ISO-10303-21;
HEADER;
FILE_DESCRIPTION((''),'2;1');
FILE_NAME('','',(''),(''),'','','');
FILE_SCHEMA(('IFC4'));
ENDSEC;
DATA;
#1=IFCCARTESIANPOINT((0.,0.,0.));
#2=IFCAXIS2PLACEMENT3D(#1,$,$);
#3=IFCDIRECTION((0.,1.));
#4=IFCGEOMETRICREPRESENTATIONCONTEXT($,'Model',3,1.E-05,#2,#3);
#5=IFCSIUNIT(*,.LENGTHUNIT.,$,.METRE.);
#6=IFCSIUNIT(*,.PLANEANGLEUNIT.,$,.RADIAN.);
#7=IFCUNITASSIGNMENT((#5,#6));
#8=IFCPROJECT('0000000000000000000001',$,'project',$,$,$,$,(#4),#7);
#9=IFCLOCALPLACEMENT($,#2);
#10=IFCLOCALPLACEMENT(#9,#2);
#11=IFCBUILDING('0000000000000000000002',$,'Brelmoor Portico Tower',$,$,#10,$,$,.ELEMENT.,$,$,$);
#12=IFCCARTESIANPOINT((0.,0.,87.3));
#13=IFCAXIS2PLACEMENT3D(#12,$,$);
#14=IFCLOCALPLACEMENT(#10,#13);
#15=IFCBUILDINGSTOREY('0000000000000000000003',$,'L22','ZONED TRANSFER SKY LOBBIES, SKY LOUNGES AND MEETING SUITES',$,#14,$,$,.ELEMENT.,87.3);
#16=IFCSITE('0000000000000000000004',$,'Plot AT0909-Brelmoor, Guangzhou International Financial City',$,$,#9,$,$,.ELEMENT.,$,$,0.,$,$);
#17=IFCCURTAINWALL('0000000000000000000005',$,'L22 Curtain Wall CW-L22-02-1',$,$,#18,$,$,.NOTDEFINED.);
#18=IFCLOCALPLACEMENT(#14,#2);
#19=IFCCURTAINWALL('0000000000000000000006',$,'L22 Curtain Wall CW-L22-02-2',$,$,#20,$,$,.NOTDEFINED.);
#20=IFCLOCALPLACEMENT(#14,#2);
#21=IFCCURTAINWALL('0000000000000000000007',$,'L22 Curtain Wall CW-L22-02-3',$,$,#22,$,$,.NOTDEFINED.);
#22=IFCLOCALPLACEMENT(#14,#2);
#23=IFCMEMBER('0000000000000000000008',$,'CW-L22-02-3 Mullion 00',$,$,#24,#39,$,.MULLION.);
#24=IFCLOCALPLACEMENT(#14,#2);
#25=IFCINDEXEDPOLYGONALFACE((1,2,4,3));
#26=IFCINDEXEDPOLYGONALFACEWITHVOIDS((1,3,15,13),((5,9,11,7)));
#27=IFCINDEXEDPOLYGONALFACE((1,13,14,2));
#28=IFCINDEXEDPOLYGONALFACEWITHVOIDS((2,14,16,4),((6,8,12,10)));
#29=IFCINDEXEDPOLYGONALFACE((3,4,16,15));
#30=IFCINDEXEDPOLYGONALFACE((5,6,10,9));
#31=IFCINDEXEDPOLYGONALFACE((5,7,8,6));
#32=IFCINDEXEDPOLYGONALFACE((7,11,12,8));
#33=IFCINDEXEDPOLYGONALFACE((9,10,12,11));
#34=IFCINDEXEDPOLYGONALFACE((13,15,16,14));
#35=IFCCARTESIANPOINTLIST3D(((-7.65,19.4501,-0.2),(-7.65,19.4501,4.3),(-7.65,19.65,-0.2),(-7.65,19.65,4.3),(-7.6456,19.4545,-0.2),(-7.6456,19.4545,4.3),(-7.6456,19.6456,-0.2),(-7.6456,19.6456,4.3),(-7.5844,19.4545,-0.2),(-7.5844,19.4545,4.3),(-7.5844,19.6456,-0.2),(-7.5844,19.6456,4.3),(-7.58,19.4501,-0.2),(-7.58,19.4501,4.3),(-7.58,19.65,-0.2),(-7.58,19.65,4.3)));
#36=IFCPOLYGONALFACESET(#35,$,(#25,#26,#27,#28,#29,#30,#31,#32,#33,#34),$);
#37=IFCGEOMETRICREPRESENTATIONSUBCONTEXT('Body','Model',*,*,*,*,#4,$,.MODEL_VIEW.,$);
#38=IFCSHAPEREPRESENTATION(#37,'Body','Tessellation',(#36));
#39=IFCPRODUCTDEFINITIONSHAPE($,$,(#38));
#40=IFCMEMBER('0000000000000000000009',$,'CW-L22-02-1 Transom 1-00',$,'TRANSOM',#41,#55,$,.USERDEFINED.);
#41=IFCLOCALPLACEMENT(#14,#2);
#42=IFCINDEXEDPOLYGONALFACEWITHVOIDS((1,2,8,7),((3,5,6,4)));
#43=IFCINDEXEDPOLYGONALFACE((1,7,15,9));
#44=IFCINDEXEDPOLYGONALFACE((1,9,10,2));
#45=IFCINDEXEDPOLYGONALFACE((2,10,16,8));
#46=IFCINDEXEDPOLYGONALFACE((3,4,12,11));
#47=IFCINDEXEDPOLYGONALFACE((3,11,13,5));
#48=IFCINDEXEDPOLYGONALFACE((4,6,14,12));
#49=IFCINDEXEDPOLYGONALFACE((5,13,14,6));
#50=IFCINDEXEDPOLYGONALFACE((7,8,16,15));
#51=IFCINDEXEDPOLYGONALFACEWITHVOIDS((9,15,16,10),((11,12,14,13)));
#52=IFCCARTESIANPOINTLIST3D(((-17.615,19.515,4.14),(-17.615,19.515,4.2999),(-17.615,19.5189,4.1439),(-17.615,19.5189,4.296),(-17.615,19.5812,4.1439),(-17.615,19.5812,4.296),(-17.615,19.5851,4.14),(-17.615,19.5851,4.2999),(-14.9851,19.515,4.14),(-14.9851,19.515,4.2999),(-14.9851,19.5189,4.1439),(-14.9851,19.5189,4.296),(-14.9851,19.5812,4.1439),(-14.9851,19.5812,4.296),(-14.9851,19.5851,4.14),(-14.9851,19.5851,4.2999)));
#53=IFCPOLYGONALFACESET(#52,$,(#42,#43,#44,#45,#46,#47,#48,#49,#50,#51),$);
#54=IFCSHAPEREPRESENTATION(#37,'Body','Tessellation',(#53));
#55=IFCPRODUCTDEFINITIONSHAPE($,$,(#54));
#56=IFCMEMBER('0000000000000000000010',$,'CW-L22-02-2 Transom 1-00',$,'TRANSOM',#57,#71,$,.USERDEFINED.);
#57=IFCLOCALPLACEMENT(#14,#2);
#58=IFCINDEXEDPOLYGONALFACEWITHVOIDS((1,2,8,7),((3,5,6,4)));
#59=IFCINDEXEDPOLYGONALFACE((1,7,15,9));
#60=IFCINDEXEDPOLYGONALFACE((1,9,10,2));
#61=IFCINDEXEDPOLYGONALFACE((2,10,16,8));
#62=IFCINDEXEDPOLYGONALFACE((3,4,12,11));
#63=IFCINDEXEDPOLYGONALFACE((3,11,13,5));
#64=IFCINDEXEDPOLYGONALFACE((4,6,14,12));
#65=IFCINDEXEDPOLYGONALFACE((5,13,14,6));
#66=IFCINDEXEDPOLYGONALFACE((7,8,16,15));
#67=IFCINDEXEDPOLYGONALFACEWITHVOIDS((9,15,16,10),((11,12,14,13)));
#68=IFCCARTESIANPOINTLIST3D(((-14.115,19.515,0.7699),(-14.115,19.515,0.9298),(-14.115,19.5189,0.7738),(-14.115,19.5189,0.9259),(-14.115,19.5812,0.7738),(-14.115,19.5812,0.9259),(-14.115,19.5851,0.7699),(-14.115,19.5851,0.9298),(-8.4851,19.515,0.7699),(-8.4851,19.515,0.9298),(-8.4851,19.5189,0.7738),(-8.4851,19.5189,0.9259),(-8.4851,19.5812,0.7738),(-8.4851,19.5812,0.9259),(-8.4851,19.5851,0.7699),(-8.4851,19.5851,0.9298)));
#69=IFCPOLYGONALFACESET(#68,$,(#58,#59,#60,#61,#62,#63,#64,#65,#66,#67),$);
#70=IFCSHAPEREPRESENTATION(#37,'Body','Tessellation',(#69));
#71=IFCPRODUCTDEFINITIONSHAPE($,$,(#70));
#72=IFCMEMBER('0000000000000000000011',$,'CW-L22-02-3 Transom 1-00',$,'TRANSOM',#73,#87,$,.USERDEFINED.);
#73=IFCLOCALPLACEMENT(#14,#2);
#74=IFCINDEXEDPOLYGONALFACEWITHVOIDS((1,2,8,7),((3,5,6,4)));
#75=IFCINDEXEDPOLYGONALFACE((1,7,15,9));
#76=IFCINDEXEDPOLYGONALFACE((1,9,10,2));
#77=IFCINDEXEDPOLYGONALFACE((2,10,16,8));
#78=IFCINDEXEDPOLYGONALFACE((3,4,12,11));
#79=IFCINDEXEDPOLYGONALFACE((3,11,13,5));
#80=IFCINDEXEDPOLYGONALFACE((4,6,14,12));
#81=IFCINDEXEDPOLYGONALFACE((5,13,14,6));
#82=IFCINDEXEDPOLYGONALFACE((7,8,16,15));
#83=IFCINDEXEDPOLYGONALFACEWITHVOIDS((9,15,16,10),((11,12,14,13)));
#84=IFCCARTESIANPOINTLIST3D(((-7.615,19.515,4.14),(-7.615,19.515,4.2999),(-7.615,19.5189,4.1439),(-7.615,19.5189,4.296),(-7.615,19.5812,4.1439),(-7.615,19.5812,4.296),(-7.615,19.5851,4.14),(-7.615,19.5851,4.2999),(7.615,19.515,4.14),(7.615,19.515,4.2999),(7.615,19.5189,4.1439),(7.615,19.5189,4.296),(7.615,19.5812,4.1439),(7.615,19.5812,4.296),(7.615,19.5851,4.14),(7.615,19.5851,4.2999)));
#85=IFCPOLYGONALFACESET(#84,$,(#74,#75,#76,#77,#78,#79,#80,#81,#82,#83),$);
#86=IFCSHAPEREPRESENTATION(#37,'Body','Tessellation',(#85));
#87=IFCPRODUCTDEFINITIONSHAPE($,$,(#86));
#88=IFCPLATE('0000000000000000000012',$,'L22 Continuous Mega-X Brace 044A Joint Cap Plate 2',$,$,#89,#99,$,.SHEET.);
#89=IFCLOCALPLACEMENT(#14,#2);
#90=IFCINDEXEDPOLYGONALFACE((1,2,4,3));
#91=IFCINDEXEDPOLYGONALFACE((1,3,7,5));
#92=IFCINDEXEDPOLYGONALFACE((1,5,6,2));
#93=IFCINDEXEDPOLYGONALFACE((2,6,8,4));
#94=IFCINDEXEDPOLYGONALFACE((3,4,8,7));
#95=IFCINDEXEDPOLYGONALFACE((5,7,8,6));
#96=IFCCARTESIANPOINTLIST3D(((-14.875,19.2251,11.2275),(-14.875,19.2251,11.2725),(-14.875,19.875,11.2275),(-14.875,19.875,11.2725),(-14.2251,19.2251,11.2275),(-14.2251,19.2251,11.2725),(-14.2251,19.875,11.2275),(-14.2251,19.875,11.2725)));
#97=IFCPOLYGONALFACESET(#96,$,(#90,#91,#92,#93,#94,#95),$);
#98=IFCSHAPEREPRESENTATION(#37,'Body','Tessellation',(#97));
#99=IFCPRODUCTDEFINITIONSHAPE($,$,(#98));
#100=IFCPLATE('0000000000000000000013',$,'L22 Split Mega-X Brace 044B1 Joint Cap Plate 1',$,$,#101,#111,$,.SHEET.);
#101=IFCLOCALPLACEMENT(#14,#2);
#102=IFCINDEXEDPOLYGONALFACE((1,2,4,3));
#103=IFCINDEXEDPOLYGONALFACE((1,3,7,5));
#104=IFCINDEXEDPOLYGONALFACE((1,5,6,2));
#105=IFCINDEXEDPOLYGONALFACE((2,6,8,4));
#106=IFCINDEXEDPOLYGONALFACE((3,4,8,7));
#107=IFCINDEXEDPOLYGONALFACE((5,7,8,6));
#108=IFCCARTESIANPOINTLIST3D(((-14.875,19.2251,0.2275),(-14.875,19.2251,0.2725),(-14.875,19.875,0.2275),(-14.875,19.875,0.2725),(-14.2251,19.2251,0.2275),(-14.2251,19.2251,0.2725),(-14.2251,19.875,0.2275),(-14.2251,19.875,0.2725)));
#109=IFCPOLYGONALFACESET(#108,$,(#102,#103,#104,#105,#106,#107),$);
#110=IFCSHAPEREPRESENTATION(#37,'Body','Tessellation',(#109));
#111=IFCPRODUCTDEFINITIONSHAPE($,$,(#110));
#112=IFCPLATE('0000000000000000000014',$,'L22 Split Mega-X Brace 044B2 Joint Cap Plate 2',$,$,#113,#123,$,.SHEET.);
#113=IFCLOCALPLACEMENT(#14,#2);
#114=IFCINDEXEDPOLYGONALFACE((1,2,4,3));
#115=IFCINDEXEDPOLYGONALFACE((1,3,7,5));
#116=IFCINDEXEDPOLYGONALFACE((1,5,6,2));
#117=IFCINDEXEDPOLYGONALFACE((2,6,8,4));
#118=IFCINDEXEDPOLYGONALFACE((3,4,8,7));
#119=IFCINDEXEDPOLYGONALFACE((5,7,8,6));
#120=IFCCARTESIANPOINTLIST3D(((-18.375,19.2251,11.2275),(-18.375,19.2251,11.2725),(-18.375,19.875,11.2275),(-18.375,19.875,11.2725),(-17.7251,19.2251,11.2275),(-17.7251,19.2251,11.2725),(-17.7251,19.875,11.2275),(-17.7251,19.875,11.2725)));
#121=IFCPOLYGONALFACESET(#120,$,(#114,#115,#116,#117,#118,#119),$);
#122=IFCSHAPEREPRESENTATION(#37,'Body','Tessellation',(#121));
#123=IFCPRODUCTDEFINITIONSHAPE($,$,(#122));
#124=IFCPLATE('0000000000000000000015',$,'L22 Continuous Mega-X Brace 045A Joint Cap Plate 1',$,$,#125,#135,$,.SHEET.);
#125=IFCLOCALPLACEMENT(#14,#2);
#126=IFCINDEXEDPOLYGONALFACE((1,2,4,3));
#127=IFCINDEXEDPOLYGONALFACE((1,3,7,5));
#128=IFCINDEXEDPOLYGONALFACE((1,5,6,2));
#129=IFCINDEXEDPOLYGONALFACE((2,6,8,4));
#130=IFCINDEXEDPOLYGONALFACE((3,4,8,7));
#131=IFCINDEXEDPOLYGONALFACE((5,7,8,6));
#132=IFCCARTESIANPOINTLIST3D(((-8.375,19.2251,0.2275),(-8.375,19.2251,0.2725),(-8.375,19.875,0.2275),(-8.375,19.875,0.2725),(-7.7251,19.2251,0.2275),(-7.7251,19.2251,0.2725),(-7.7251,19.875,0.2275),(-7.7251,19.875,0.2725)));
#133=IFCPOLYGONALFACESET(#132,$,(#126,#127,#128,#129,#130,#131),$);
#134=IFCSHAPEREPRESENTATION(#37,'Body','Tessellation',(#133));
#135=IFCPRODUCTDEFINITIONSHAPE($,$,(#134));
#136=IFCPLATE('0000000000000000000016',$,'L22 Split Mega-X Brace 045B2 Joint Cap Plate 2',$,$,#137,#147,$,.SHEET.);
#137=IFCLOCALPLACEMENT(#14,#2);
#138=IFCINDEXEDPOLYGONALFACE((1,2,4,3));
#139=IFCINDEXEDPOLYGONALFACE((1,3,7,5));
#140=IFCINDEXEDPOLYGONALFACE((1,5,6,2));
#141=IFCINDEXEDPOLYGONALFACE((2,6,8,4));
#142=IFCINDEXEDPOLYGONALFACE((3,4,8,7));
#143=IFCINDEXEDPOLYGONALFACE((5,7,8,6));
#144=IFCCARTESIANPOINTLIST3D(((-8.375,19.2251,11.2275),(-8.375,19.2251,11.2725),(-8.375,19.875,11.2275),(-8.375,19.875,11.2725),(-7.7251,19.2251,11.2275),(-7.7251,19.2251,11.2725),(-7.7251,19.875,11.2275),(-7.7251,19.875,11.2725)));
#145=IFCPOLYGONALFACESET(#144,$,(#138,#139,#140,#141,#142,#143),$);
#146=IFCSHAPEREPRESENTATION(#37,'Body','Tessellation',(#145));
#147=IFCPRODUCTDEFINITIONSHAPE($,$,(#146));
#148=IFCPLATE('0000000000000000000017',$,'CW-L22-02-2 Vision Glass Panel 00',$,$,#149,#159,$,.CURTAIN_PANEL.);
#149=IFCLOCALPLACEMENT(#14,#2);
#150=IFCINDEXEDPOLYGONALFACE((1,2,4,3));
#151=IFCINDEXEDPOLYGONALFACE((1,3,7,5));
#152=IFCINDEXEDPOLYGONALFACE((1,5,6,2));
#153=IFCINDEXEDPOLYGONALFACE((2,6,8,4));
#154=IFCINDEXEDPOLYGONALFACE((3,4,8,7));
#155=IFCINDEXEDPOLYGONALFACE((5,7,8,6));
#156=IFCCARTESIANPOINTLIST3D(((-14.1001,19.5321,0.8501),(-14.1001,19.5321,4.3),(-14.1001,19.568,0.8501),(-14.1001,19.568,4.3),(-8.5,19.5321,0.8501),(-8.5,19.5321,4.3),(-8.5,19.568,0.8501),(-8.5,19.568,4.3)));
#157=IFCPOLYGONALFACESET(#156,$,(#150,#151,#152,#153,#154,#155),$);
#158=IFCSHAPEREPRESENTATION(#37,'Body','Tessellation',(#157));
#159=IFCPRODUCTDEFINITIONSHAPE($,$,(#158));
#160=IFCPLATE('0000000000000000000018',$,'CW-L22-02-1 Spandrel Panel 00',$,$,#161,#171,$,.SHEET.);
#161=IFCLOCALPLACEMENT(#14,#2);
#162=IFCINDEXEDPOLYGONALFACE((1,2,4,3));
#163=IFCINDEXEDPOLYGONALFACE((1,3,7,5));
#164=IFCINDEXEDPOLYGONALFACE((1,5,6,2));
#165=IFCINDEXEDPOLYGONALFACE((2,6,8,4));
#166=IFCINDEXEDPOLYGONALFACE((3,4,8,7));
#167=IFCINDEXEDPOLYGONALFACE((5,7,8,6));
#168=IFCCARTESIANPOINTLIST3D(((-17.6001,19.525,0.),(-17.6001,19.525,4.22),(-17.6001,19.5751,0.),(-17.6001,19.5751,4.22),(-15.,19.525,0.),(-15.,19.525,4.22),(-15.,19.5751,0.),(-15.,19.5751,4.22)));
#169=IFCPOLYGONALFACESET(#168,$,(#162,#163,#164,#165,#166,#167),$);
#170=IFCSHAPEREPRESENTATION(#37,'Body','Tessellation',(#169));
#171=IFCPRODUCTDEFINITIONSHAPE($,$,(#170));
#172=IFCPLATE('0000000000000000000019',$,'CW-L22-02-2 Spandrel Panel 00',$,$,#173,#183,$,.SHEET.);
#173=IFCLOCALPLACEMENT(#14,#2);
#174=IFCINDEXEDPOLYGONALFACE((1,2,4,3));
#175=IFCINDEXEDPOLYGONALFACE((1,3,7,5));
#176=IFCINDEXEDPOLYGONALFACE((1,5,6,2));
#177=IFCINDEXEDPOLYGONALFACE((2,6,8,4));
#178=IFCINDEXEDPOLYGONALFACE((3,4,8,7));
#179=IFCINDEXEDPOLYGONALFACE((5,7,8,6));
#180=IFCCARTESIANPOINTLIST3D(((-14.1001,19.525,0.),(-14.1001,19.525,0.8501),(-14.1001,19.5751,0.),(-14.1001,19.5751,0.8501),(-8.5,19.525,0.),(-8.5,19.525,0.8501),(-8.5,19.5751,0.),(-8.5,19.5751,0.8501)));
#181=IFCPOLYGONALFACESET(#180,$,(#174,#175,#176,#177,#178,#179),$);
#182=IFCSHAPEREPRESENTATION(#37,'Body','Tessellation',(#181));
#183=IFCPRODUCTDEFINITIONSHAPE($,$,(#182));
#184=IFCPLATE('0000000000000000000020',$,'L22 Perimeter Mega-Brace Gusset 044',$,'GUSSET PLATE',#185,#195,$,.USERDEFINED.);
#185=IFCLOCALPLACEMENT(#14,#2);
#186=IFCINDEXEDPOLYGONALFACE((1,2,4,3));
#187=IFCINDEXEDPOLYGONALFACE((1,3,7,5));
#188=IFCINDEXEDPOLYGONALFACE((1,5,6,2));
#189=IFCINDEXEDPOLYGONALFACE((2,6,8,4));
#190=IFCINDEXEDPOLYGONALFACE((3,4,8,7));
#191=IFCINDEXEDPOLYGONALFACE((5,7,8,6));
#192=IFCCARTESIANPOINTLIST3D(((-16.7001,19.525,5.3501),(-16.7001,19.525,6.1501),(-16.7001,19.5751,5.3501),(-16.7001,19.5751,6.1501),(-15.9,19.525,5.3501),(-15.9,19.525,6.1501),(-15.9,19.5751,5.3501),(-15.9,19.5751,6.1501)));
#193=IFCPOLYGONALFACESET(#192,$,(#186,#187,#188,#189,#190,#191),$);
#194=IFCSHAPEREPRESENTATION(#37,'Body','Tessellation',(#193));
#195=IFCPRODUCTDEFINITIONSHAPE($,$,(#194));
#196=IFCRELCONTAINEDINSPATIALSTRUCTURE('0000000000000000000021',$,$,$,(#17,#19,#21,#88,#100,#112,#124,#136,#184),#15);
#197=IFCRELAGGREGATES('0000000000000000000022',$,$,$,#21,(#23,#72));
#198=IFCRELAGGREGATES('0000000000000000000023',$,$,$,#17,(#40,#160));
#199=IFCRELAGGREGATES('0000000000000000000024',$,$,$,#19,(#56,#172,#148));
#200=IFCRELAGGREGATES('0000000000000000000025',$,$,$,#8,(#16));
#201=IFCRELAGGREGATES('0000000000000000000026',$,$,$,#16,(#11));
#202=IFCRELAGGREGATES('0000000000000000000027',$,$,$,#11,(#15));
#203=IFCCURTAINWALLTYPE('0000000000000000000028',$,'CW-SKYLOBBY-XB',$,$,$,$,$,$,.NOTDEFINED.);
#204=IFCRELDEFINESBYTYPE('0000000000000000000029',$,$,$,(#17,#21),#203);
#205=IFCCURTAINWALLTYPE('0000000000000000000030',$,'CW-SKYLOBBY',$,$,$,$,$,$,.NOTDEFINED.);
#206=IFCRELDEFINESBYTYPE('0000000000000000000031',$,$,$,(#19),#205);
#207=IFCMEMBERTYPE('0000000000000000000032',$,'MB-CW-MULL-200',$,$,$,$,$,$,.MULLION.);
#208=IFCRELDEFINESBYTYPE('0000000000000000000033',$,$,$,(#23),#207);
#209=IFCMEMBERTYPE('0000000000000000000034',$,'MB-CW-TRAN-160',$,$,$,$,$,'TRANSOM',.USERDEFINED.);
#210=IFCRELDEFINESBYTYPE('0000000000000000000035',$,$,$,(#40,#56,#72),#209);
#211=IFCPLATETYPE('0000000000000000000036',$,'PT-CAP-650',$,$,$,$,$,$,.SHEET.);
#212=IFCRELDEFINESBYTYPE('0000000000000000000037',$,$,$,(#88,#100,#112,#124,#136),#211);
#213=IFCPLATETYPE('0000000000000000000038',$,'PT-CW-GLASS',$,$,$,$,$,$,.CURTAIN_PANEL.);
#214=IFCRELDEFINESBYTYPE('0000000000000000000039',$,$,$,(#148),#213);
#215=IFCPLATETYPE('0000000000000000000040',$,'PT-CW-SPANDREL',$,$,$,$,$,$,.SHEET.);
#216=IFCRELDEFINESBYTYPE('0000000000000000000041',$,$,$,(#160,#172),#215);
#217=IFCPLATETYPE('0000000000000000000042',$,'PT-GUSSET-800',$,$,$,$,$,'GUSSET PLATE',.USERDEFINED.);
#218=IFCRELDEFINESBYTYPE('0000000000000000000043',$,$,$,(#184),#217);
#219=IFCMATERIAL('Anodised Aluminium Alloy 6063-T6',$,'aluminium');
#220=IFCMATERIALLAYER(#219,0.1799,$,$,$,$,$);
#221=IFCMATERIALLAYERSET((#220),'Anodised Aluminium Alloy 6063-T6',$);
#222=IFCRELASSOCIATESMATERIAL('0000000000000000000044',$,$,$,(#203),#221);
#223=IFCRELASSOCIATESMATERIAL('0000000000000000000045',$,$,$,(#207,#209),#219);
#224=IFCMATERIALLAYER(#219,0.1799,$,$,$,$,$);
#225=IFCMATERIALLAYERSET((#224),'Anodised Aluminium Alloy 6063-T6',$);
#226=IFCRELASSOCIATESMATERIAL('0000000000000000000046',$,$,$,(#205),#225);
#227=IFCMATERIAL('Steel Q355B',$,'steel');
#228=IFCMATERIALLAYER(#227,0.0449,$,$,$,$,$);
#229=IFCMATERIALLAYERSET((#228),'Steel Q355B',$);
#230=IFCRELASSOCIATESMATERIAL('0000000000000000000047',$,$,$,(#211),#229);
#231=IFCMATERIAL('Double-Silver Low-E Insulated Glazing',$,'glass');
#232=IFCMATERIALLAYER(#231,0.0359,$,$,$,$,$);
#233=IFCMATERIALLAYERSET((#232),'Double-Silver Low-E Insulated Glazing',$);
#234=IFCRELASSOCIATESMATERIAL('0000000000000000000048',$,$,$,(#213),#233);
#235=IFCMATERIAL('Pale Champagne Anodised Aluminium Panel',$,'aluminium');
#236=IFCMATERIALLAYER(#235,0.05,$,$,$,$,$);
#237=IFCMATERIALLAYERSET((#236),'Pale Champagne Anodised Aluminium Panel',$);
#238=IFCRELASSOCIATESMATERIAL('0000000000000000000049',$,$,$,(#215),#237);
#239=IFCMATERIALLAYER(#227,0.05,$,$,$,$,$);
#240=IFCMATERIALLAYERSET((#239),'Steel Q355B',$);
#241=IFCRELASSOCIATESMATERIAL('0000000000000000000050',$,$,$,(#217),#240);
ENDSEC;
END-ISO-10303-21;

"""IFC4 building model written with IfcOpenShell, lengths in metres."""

from ifc_helpers import new_model, si_unit, direction, frame, origin, origin_2d, place, context, subcontext, project, spatial, rectangle, hollow_rectangle, extrude, material, layer, layer_set, material_profile, profile_set, type_object, element, aggregate, save


model = new_model("IFC4")

# Units and contexts
model_context = context("Model", 3, precision=1e-05, world=origin(), true_north=direction((0.0, 1.0)))
body_context = subcontext(model_context, "Body", "Model", "MODEL_VIEW")
ifc_project = project(units=[si_unit("LENGTHUNIT", "METRE"), si_unit("PLANEANGLEUNIT", "RADIAN")], contexts=[model_context])

# Site, building, storey
site_placement = place(None, origin())
site = spatial("IfcSite", under=ifc_project, at=site_placement, Name="Plot AT0909-Brelmoor, Guangzhou International Financial City", CompositionType="ELEMENT", RefElevation=0.0)
building_placement = place(site_placement, origin())
building = spatial("IfcBuilding", under=site, at=building_placement, Name="Brelmoor Portico Tower", CompositionType="ELEMENT")
storey_placement = place(building_placement, frame((0.0, 0.0, 87.3)))
storey = spatial("IfcBuildingStorey", under=building, at=storey_placement, Name="L22", Description="ZONED TRANSFER SKY LOBBIES, SKY LOUNGES AND MEETING SUITES", CompositionType="ELEMENT", Elevation=87.3)

# Shared definitions
ifc_material_1 = material(Name="Steel Q355B", Category="steel")

# Curtain walls
ifc_material_2 = material(Name="Anodised Aluminium Alloy 6063-T6", Category="aluminium")
ifc_layer_1 = layer(ifc_material_2, 0.1799)
ifc_layer_set_1 = layer_set([ifc_layer_1], Name="Anodised Aluminium Alloy 6063-T6")
curtain_wall_type_1 = type_object("IfcCurtainWallType", Name="CW-SKYLOBBY-XB", PredefinedType="NOTDEFINED", material=ifc_layer_set_1)
curtain_wall_1_placement = place(storey_placement, origin())
curtain_wall_1 = element("IfcCurtainWall", 1, at=curtain_wall_1_placement, inside=storey, type_object=curtain_wall_type_1, Name="L22 Curtain Wall CW-L22-02-1", PredefinedType="NOTDEFINED")
ifc_material_profile_1 = material_profile(ifc_material_2, hollow_rectangle(XDim=0.0701, YDim=0.2, WallThickness=0.0044, at=origin_2d()), Name="ALU MULLION 70x200")
ifc_profile_set_1 = profile_set([ifc_material_profile_1], Name="Anodised Aluminium Alloy 6063-T6")
member_type_1 = type_object("IfcMemberType", Name="MB-CW-MULL-200", PredefinedType="MULLION", material=ifc_profile_set_1)
ifc_layer_2 = layer(ifc_material_2, 0.1799)
ifc_layer_set_2 = layer_set([ifc_layer_2], Name="Anodised Aluminium Alloy 6063-T6")
curtain_wall_type_2 = type_object("IfcCurtainWallType", Name="CW-SKYLOBBY", PredefinedType="NOTDEFINED", material=ifc_layer_set_2)
curtain_wall_2_placement = place(storey_placement, origin())
curtain_wall_2 = element("IfcCurtainWall", 2, at=curtain_wall_2_placement, inside=storey, type_object=curtain_wall_type_2, Name="L22 Curtain Wall CW-L22-02-2", PredefinedType="NOTDEFINED")

# Curtain wall, member
curtain_wall_3_placement = place(storey_placement, origin())
curtain_wall_3 = element("IfcCurtainWall", 3, at=curtain_wall_3_placement, inside=storey, type_object=curtain_wall_type_1, Name="L22 Curtain Wall CW-L22-02-3", PredefinedType="NOTDEFINED")
member_1_placement = place(storey_placement, frame((-7.615, 19.55, -0.2), z_axis=(0.0, 0.0, 1.0), x_axis=(1.0, 0.0, 0.0)))
member_1 = element("IfcMember", 4, at=member_1_placement, type_object=member_type_1, Name="CW-L22-02-3 Mullion 00", PredefinedType="MULLION", context=body_context, shape_type="SweptSolid", body=[
    extrude(hollow_rectangle(XDim=0.0701, YDim=0.2, WallThickness=0.0044, at=origin_2d()), origin(), (0.0, 0.0, 1.0), 4.5),
])

# Members
ifc_material_profile_2 = material_profile(ifc_material_2, hollow_rectangle(XDim=0.0701, YDim=0.1599, WallThickness=0.0039, at=origin_2d()), Name="ALU TRANSOM 70x160")
ifc_profile_set_2 = profile_set([ifc_material_profile_2], Name="Anodised Aluminium Alloy 6063-T6")
member_type_2 = type_object("IfcMemberType", Name="MB-CW-TRAN-160", ElementType="TRANSOM", PredefinedType="USERDEFINED", material=ifc_profile_set_2)
member_2_placement = place(storey_placement, frame((-17.615, 19.55, 4.22), z_axis=(1.0, 0.0, 0.0), x_axis=(0.0, 1.0, 0.0)))
member_2 = element("IfcMember", 5, at=member_2_placement, type_object=member_type_2, Name="CW-L22-02-1 Transom 1-00", ObjectType="TRANSOM", PredefinedType="USERDEFINED", context=body_context, shape_type="SweptSolid", body=[
    extrude(hollow_rectangle(XDim=0.0701, YDim=0.1599, WallThickness=0.0039, at=origin_2d()), origin(), (0.0, 0.0, 1.0), 2.6299),
])
member_3_placement = place(storey_placement, frame((-14.115, 19.55, 0.8499), z_axis=(1.0, 0.0, 0.0), x_axis=(0.0, 1.0, 0.0)))
member_3 = element("IfcMember", 6, at=member_3_placement, type_object=member_type_2, Name="CW-L22-02-2 Transom 1-00", ObjectType="TRANSOM", PredefinedType="USERDEFINED", context=body_context, shape_type="SweptSolid", body=[
    extrude(hollow_rectangle(XDim=0.0701, YDim=0.1599, WallThickness=0.0039, at=origin_2d()), origin(), (0.0, 0.0, 1.0), 5.6299),
])
member_4_placement = place(storey_placement, frame((-7.615, 19.55, 4.22), z_axis=(1.0, 0.0, 0.0), x_axis=(0.0, 1.0, 0.0)))
member_4 = element("IfcMember", 7, at=member_4_placement, type_object=member_type_2, Name="CW-L22-02-3 Transom 1-00", ObjectType="TRANSOM", PredefinedType="USERDEFINED", context=body_context, shape_type="SweptSolid", body=[
    extrude(hollow_rectangle(XDim=0.0701, YDim=0.1599, WallThickness=0.0039, at=origin_2d()), origin(), (0.0, 0.0, 1.0), 15.23),
])
aggregate(curtain_wall_3, [member_1, member_4])

# Plates
ifc_layer_3 = layer(ifc_material_1, 0.0449)
ifc_layer_set_3 = layer_set([ifc_layer_3], Name="Steel Q355B")
plate_type_1 = type_object("IfcPlateType", Name="PT-CAP-650", PredefinedType="SHEET", material=ifc_layer_set_3)
for number, where, z_axis, x_axis, name in (
    (8, (-14.55, 19.55, 11.2275), (0.0, 0.0, 1.0), (1.0, 0.0, 0.0), "L22 Continuous Mega-X Brace 044A Joint Cap Plate 2"),
    (9, (-14.55, 19.55, 0.2275), (0.0, 0.0, 1.0), (1.0, 0.0, 0.0), "L22 Split Mega-X Brace 044B1 Joint Cap Plate 1"),
    (10, (-18.05, 19.55, 11.2275), (0.0, 0.0, 1.0), (1.0, 0.0, 0.0), "L22 Split Mega-X Brace 044B2 Joint Cap Plate 2"),
    (11, (-8.05, 19.55, 0.2275), (0.0, 0.0, 1.0), (1.0, 0.0, 0.0), "L22 Continuous Mega-X Brace 045A Joint Cap Plate 1"),
    (12, (-8.05, 19.55, 11.2275), (0.0, 0.0, 1.0), (1.0, 0.0, 0.0), "L22 Split Mega-X Brace 045B2 Joint Cap Plate 2"),
):
    element("IfcPlate", number, at=place(storey_placement, frame(where, z_axis=z_axis, x_axis=x_axis)), inside=storey, type_object=plate_type_1, Name=name, PredefinedType="SHEET", context=body_context, shape_type="SweptSolid", body=[
        extrude(rectangle(XDim=0.6499, YDim=0.6499, at=origin_2d()), origin(), (0.0, 0.0, 1.0), 0.0449),
    ])

# Plates
ifc_material_3 = material(Name="Double-Silver Low-E Insulated Glazing", Category="glass")
ifc_layer_4 = layer(ifc_material_3, 0.0359)
ifc_layer_set_4 = layer_set([ifc_layer_4], Name="Double-Silver Low-E Insulated Glazing")
plate_type_2 = type_object("IfcPlateType", Name="PT-CW-GLASS", PredefinedType="CURTAIN_PANEL", material=ifc_layer_set_4)
plate_1_placement = place(storey_placement, frame((-11.3, 19.55, 0.8501), z_axis=(0.0, 0.0, 1.0), x_axis=(1.0, 0.0, 0.0)))
plate_1 = element("IfcPlate", 13, at=plate_1_placement, type_object=plate_type_2, Name="CW-L22-02-2 Vision Glass Panel 00", PredefinedType="CURTAIN_PANEL", context=body_context, shape_type="SweptSolid", body=[
    extrude(rectangle(XDim=5.6001, YDim=0.0359, at=origin_2d()), origin(), (0.0, 0.0, 1.0), 3.45),
])
ifc_material_4 = material(Name="Pale Champagne Anodised Aluminium Panel", Category="aluminium")
ifc_layer_5 = layer(ifc_material_4, 0.05)
ifc_layer_set_5 = layer_set([ifc_layer_5], Name="Pale Champagne Anodised Aluminium Panel")
plate_type_3 = type_object("IfcPlateType", Name="PT-CW-SPANDREL", PredefinedType="SHEET", material=ifc_layer_set_5)
plate_2_placement = place(storey_placement, frame((-16.3, 19.55, 0.0), z_axis=(0.0, 0.0, 1.0), x_axis=(1.0, 0.0, 0.0)))
plate_2 = element("IfcPlate", 14, at=plate_2_placement, type_object=plate_type_3, Name="CW-L22-02-1 Spandrel Panel 00", PredefinedType="SHEET", context=body_context, shape_type="SweptSolid", body=[
    extrude(rectangle(XDim=2.6001, YDim=0.05, at=origin_2d()), origin(), (0.0, 0.0, 1.0), 4.22),
])
aggregate(curtain_wall_1, [member_2, plate_2])
plate_3_placement = place(storey_placement, frame((-11.3, 19.55, 0.0), z_axis=(0.0, 0.0, 1.0), x_axis=(1.0, 0.0, 0.0)))
plate_3 = element("IfcPlate", 15, at=plate_3_placement, type_object=plate_type_3, Name="CW-L22-02-2 Spandrel Panel 00", PredefinedType="SHEET", context=body_context, shape_type="SweptSolid", body=[
    extrude(rectangle(XDim=5.6001, YDim=0.05, at=origin_2d()), origin(), (0.0, 0.0, 1.0), 0.8501),
])
aggregate(curtain_wall_2, [member_3, plate_3, plate_1])
ifc_layer_6 = layer(ifc_material_1, 0.05)
ifc_layer_set_6 = layer_set([ifc_layer_6], Name="Steel Q355B")
plate_type_4 = type_object("IfcPlateType", Name="PT-GUSSET-800", ElementType="GUSSET PLATE", PredefinedType="USERDEFINED", material=ifc_layer_set_6)
plate_4_placement = place(storey_placement, frame((-16.3, 19.55, 5.3501), z_axis=(0.0, 0.0, 1.0), x_axis=(1.0, 0.0, 0.0)))
element("IfcPlate", 16, at=plate_4_placement, inside=storey, type_object=plate_type_4, Name="L22 Perimeter Mega-Brace Gusset 044", ObjectType="GUSSET PLATE", PredefinedType="USERDEFINED", context=body_context, shape_type="SweptSolid", body=[
    extrude(rectangle(XDim=0.8, YDim=0.05, at=origin_2d()), origin(), (0.0, 0.0, 1.0), 0.8),
])

save(model, "model.ifc")
